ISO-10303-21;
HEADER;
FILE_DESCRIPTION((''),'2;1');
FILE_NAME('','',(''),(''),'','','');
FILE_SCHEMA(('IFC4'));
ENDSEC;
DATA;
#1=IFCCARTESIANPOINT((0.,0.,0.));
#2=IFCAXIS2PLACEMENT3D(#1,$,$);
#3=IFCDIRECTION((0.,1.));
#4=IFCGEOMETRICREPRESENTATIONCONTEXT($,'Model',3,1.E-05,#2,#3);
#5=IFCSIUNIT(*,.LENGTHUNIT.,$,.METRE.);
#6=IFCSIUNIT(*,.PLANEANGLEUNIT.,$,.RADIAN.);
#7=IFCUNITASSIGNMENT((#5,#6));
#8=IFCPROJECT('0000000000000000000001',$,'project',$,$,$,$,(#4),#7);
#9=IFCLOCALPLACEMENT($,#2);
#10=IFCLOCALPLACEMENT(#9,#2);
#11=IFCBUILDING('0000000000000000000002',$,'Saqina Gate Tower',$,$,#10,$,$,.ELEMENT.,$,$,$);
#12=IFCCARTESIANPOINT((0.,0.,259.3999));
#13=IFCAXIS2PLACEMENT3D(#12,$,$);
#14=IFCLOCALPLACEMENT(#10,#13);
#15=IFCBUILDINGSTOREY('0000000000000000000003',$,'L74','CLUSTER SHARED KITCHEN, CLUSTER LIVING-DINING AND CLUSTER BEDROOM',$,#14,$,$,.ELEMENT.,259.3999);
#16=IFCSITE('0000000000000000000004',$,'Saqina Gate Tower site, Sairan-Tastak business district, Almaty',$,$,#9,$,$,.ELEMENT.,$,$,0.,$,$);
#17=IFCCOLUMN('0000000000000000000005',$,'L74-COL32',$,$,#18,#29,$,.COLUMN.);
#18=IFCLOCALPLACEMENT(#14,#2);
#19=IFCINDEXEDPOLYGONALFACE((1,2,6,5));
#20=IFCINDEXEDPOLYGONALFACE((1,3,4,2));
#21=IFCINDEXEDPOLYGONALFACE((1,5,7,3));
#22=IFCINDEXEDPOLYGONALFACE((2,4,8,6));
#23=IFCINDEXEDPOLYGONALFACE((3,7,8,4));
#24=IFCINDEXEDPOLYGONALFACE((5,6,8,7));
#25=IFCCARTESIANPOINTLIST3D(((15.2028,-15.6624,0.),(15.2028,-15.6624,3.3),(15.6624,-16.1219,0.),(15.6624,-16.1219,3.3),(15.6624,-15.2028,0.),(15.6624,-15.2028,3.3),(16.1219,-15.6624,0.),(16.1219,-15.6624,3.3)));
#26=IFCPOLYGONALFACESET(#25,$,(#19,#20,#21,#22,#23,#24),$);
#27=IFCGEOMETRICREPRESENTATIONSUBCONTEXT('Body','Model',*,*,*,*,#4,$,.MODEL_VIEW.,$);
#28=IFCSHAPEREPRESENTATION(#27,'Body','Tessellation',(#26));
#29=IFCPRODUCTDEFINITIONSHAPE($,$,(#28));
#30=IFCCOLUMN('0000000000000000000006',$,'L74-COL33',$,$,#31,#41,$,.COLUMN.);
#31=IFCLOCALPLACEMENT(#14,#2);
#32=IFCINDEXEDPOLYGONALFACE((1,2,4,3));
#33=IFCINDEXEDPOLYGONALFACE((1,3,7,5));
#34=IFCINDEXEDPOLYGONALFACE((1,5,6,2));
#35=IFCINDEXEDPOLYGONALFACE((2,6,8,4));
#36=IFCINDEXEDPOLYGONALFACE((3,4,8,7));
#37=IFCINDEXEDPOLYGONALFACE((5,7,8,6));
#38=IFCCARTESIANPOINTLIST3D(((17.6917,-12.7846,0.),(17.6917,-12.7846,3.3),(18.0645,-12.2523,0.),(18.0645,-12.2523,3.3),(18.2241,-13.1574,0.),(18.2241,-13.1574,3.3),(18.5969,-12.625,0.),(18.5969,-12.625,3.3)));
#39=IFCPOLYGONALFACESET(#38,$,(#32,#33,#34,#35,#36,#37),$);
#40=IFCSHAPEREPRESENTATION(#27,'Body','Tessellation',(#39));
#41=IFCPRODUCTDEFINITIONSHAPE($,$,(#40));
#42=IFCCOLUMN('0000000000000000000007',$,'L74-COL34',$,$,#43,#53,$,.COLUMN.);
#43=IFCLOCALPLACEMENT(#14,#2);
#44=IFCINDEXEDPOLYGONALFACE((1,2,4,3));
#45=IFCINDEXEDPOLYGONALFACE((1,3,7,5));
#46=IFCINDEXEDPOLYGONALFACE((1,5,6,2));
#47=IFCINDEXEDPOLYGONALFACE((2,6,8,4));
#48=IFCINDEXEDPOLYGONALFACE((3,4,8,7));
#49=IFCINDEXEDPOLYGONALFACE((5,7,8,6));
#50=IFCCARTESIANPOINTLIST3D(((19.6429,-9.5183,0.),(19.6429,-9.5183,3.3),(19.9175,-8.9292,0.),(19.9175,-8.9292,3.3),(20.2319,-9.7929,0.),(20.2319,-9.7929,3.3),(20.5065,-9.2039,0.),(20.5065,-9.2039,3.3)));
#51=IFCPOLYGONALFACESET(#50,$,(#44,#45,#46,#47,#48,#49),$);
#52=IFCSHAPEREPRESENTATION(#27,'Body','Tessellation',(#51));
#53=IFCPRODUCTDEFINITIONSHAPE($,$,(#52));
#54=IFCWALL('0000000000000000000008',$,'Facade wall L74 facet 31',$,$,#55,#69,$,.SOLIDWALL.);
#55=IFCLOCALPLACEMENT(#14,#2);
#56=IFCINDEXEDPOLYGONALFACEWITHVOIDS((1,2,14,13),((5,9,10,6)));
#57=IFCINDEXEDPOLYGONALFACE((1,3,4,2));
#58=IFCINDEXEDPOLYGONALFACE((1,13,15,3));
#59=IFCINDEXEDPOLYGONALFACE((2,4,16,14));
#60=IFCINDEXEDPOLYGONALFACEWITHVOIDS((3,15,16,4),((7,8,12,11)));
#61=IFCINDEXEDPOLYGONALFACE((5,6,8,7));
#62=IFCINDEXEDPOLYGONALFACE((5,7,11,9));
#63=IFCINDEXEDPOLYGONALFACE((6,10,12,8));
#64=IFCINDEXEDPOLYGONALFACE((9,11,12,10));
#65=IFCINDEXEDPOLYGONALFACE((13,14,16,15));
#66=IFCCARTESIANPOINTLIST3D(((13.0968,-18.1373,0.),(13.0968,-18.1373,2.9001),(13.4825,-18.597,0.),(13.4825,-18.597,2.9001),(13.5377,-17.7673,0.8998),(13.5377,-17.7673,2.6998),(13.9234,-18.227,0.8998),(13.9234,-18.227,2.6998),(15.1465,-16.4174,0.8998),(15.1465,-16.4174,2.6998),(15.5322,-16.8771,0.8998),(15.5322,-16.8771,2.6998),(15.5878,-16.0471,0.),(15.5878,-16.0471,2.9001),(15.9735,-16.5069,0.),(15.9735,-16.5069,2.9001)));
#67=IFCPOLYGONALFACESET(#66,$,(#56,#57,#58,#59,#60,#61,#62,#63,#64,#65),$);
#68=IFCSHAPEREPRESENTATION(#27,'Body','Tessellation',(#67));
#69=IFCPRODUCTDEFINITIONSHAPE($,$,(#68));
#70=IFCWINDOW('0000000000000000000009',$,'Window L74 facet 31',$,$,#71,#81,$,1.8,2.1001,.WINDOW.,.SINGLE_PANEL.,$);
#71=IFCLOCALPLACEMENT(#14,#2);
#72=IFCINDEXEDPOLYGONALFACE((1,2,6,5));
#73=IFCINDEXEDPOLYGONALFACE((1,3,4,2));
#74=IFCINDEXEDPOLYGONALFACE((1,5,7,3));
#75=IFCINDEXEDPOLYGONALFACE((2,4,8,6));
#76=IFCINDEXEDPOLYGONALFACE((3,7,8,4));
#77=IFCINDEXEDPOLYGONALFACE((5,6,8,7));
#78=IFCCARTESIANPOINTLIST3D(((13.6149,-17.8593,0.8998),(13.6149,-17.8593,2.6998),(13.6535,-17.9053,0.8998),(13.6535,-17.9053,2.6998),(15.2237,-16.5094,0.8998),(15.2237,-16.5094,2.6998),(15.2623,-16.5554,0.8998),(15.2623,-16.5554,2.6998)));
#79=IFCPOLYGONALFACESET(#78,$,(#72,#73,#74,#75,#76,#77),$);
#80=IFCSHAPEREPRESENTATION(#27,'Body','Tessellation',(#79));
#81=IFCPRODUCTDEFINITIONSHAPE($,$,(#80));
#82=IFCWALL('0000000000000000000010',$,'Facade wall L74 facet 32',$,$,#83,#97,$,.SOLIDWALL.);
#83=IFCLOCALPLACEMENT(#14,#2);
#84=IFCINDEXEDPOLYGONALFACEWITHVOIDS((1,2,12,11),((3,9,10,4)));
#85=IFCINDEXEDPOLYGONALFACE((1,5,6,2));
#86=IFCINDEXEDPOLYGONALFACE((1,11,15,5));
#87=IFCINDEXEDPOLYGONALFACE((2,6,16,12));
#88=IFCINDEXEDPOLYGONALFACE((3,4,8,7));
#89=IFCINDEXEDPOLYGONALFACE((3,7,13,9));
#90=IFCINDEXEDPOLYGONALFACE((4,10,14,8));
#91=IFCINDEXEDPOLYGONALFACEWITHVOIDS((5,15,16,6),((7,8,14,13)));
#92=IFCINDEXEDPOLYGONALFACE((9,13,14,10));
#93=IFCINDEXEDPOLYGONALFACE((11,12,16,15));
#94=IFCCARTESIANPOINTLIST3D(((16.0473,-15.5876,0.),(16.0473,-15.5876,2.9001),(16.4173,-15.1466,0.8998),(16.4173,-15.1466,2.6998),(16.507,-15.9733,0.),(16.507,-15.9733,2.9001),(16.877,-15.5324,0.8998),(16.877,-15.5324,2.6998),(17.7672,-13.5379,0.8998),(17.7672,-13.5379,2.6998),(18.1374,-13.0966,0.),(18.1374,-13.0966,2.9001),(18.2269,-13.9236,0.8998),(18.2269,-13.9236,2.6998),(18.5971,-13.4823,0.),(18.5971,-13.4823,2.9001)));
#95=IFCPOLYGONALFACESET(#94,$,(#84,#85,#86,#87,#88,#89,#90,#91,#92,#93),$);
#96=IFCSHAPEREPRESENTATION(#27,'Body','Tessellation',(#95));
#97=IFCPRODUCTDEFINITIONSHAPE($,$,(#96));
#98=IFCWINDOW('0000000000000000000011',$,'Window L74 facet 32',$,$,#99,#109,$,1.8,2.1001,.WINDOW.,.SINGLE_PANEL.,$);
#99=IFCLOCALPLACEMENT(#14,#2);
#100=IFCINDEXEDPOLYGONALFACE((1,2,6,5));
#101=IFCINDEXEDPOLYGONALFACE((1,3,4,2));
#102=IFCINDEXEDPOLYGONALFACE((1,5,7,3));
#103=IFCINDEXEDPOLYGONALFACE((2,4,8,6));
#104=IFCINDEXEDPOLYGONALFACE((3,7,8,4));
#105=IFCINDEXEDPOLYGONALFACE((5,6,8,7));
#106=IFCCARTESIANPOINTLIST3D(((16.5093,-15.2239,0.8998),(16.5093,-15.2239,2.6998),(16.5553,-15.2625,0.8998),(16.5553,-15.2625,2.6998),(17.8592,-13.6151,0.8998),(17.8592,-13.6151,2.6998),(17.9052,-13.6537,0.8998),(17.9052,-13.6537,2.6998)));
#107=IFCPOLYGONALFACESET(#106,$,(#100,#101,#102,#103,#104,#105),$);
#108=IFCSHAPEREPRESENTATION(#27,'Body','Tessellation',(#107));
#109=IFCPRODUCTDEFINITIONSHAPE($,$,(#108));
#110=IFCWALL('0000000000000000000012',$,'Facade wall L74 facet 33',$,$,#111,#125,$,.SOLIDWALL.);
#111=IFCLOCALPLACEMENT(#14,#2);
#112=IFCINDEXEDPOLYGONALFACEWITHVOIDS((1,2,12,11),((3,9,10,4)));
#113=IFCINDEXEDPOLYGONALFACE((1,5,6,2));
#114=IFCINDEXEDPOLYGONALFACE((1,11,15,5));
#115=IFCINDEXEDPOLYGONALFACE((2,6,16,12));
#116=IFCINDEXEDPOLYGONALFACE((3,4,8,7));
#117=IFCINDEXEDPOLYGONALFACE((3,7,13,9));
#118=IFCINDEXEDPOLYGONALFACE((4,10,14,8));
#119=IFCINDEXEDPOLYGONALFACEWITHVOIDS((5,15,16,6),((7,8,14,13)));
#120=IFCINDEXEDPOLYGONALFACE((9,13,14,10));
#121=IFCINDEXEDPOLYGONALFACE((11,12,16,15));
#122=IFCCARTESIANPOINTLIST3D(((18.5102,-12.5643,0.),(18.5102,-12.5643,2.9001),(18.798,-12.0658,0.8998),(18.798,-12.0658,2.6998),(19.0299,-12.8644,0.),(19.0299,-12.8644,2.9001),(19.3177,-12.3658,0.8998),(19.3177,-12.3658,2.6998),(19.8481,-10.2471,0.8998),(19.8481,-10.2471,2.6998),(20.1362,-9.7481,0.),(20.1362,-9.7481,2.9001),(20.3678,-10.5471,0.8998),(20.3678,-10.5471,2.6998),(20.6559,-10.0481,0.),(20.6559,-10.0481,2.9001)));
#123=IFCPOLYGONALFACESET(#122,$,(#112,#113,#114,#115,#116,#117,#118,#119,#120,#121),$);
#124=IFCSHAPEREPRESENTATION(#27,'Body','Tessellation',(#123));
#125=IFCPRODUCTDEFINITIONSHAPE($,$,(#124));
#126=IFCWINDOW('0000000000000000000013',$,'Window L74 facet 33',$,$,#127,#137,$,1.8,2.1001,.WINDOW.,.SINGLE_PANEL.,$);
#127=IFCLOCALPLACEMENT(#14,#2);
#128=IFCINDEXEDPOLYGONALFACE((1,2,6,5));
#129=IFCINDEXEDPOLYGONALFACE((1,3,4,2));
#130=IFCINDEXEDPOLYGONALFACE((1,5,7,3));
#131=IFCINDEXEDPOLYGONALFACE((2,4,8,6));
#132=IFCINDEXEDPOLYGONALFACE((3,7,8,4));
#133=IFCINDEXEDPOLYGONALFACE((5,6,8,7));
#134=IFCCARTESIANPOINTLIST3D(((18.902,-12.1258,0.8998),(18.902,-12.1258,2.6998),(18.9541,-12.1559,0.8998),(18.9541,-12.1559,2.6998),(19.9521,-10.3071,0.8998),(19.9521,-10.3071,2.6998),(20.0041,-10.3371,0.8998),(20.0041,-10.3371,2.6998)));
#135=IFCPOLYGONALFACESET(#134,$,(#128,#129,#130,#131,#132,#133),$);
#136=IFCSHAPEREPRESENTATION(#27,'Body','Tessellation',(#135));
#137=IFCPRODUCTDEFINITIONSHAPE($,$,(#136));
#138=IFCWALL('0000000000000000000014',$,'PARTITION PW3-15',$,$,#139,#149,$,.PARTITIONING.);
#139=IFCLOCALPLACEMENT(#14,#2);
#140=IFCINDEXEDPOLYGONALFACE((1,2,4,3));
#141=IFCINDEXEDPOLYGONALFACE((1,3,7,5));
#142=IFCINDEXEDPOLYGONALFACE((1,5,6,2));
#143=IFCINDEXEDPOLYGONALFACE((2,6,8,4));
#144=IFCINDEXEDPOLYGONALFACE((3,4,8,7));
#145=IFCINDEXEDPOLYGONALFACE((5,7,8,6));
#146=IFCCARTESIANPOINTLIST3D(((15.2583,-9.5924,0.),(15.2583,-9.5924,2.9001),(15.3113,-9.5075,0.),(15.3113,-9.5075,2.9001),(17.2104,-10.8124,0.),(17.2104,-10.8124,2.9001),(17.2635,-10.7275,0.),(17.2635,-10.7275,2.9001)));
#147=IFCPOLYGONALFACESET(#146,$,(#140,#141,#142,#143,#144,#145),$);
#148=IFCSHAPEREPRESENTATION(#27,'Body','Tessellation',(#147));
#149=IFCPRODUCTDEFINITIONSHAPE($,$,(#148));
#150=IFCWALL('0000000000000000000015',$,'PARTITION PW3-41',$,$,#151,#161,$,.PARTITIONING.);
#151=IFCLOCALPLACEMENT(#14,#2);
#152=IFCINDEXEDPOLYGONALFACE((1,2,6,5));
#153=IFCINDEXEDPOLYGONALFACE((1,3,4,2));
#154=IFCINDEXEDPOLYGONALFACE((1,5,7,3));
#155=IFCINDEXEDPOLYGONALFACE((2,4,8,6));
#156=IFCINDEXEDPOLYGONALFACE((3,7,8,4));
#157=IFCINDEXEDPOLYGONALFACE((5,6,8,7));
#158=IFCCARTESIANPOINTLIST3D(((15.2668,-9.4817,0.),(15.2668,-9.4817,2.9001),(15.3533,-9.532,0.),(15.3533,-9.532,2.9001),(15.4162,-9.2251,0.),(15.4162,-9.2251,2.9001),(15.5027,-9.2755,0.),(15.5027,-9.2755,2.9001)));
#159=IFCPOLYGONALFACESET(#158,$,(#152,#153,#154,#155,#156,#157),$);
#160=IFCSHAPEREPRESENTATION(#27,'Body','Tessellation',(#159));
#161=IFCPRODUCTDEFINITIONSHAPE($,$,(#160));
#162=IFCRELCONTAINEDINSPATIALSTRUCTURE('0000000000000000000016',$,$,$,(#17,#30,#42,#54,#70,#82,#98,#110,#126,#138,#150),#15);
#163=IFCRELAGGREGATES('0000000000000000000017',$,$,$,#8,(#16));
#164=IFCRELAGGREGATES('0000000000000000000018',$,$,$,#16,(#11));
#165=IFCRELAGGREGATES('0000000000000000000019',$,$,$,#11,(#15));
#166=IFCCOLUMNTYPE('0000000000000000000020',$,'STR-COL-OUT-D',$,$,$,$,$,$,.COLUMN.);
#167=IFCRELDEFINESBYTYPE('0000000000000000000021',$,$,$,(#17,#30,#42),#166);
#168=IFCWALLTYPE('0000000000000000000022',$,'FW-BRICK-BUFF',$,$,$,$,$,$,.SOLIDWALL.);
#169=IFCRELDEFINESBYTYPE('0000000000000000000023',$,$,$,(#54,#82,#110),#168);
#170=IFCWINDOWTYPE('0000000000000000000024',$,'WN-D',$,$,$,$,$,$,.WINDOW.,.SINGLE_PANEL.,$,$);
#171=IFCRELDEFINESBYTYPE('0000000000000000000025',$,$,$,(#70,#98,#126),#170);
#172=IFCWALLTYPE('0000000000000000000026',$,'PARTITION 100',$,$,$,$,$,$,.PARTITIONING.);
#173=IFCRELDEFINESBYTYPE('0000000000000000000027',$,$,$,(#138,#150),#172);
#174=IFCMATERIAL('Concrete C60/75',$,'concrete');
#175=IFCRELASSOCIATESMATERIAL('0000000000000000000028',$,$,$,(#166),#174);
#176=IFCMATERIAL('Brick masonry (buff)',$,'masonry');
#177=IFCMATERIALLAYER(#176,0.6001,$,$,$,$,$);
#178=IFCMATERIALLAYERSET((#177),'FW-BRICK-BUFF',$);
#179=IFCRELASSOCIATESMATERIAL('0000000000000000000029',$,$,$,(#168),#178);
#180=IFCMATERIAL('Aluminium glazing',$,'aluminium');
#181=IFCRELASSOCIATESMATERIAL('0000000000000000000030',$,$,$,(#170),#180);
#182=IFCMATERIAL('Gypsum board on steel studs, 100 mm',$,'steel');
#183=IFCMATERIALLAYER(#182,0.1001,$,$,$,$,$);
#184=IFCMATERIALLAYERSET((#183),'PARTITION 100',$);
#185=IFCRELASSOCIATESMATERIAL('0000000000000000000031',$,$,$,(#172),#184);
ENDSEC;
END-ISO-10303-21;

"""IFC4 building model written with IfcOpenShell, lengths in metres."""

from ifc_helpers import new_model, si_unit, direction, frame, frame_2d, origin, origin_2d, place, context, subcontext, project, spatial, rectangle, extrude, material, layer, layer_set, material_profile, profile_set, type_object, element, fill, save


model = new_model("IFC4")

# Units and contexts
model_context = context("Model", 3, precision=1e-05, world=origin(), true_north=direction((0.0, 1.0)))
body_context = subcontext(model_context, "Body", "Model", "MODEL_VIEW")
ifc_project = project(units=[si_unit("LENGTHUNIT", "METRE"), si_unit("PLANEANGLEUNIT", "RADIAN")], contexts=[model_context])

# Site, building, storey
site_placement = place(None, origin())
site = spatial("IfcSite", under=ifc_project, at=site_placement, Name="Saqina Gate Tower site, Sairan-Tastak business district, Almaty", CompositionType="ELEMENT", RefElevation=0.0)
building_placement = place(site_placement, origin())
building = spatial("IfcBuilding", under=site, at=building_placement, Name="Saqina Gate Tower", CompositionType="ELEMENT")
storey_placement = place(building_placement, frame((0.0, 0.0, 259.3999)))
storey = spatial("IfcBuildingStorey", under=building, at=storey_placement, Name="L74", Description="CLUSTER SHARED KITCHEN, CLUSTER LIVING-DINING AND CLUSTER BEDROOM", CompositionType="ELEMENT", Elevation=259.3999)

# Columns
ifc_material_1 = material(Name="Concrete C60/75", Category="concrete")
ifc_material_profile = material_profile(ifc_material_1, rectangle(XDim=0.6499, YDim=0.6499, at=origin_2d()), Name="RC 650x650")
ifc_profile_set = profile_set([ifc_material_profile], Name="Concrete C60/75")
column_type = type_object("IfcColumnType", Name="STR-COL-OUT-D", PredefinedType="COLUMN", material=ifc_profile_set)
for number, where, z_axis, x_axis, name in (
    (1, (15.6624, -15.6624, 0.0), (0.0, 0.0, 1.0), (0.707107, -0.707107, 0.0), "L74-COL32"),
    (2, (18.1443, -12.7048, 0.0), (0.0, 0.0, 1.0), (0.819152, -0.573576, 0.0), "L74-COL33"),
    (3, (20.0747, -9.3611, 0.0), (0.0, 0.0, 1.0), (0.906308, -0.422618, 0.0), "L74-COL34"),
):
    element("IfcColumn", number, at=place(storey_placement, frame(where, z_axis=z_axis, x_axis=x_axis)), inside=storey, type_object=column_type, Name=name, PredefinedType="COLUMN", context=body_context, shape_type="SweptSolid", body=[
        extrude(rectangle(XDim=0.6499, YDim=0.6499, at=origin_2d()), origin(), (0.0, 0.0, 1.0), 3.3),
    ])

# Walls, openings, windows
ifc_material_2 = material(Name="Brick masonry (buff)", Category="masonry")
ifc_layer_1 = layer(ifc_material_2, 0.6001)
ifc_layer_set_1 = layer_set([ifc_layer_1], Name="FW-BRICK-BUFF")
wall_type_1 = type_object("IfcWallType", Name="FW-BRICK-BUFF", PredefinedType="SOLIDWALL", material=ifc_layer_set_1)
wall_1_placement = place(storey_placement, frame((13.2896, -18.3672, 0.0), z_axis=(0.0, 0.0, 1.0), x_axis=(0.766057, 0.642773, 0.0)))
wall_1 = element("IfcWall", 4, at=wall_1_placement, inside=storey, type_object=wall_type_1, Name="Facade wall L74 facet 31", PredefinedType="SOLIDWALL", context=body_context, shape_type="SweptSolid", body=[
    extrude(rectangle(XDim=3.2517, YDim=0.6001, at=frame_2d((1.626, 0.0))), origin(), (0.0, 0.0, 1.0), 2.9001),
])
opening_1_placement = place(wall_1_placement, frame((0.5757, 0.0, 0.8999)))
opening_1 = element("IfcOpeningElement", 5, at=opening_1_placement, cuts=wall_1, PredefinedType="OPENING", context=body_context, shape_type="SweptSolid", body=[
    extrude(rectangle(XDim=2.1001, YDim=1.8, at=frame_2d((1.05, 0.8999))), frame((0.0, 0.312, 0.0), z_axis=(0.0, -1.0, 0.0), x_axis=(1.0, 0.0, 0.0)), (0.0, 0.0, 1.0), 0.624),
])
ifc_material_3 = material(Name="Aluminium glazing", Category="aluminium")
window_type = type_object("IfcWindowType", Name="WN-D", PartitioningType="SINGLE_PANEL", PredefinedType="WINDOW", material=ifc_material_3)
window_1_placement = place(opening_1_placement, origin())
window_1 = element("IfcWindow", 6, at=window_1_placement, inside=storey, type_object=window_type, Name="Window L74 facet 31", OverallHeight=1.8, OverallWidth=2.1001, PartitioningType="SINGLE_PANEL", PredefinedType="WINDOW", context=body_context, shape_type="SweptSolid", body=[
    extrude(rectangle(XDim=2.1001, YDim=1.8, at=frame_2d((1.05, 0.8999))), frame((0.0, 0.1799, 0.0), z_axis=(0.0, -1.0, 0.0), x_axis=(1.0, 0.0, 0.0)), (0.0, 0.0, 1.0), 0.0601),
])
fill(opening_1, window_1)
wall_2_placement = place(storey_placement, frame((16.2771, -15.7805, 0.0), z_axis=(0.0, 0.0, 1.0), x_axis=(0.642773, 0.766057, 0.0)))
wall_2 = element("IfcWall", 7, at=wall_2_placement, inside=storey, type_object=wall_type_1, Name="Facade wall L74 facet 32", PredefinedType="SOLIDWALL", context=body_context, shape_type="SweptSolid", body=[
    extrude(rectangle(XDim=3.2517, YDim=0.6001, at=frame_2d((1.626, 0.0))), origin(), (0.0, 0.0, 1.0), 2.9001),
])
opening_2_placement = place(wall_2_placement, frame((0.5757, 0.0, 0.8999)))
opening_2 = element("IfcOpeningElement", 8, at=opening_2_placement, cuts=wall_2, PredefinedType="OPENING", context=body_context, shape_type="SweptSolid", body=[
    extrude(rectangle(XDim=2.1001, YDim=1.8, at=frame_2d((1.05, 0.8999))), frame((0.0, 0.312, 0.0), z_axis=(0.0, -1.0, 0.0), x_axis=(1.0, 0.0, 0.0)), (0.0, 0.0, 1.0), 0.624),
])
window_2_placement = place(opening_2_placement, origin())
window_2 = element("IfcWindow", 9, at=window_2_placement, inside=storey, type_object=window_type, Name="Window L74 facet 32", OverallHeight=1.8, OverallWidth=2.1001, PartitioningType="SINGLE_PANEL", PredefinedType="WINDOW", context=body_context, shape_type="SweptSolid", body=[
    extrude(rectangle(XDim=2.1001, YDim=1.8, at=frame_2d((1.05, 0.8999))), frame((0.0, 0.1799, 0.0), z_axis=(0.0, -1.0, 0.0), x_axis=(1.0, 0.0, 0.0)), (0.0, 0.0, 1.0), 0.0601),
])
fill(opening_2, window_2)
wall_3_placement = place(storey_placement, frame((18.77, -12.7144, 0.0), z_axis=(0.0, 0.0, 1.0), x_axis=(0.500015, 0.866017, 0.0)))
wall_3 = element("IfcWall", 10, at=wall_3_placement, inside=storey, type_object=wall_type_1, Name="Facade wall L74 facet 33", PredefinedType="SOLIDWALL", context=body_context, shape_type="SweptSolid", body=[
    extrude(rectangle(XDim=3.252, YDim=0.6001, at=frame_2d((1.626, 0.0))), origin(), (0.0, 0.0, 1.0), 2.9001),
])
opening_3_placement = place(wall_3_placement, frame((0.5757, 0.0, 0.8999)))
opening_3 = element("IfcOpeningElement", 11, at=opening_3_placement, cuts=wall_3, PredefinedType="OPENING", context=body_context, shape_type="SweptSolid", body=[
    extrude(rectangle(XDim=2.1001, YDim=1.8, at=frame_2d((1.05, 0.8999))), frame((0.0, 0.312, 0.0), z_axis=(0.0, -1.0, 0.0), x_axis=(1.0, 0.0, 0.0)), (0.0, 0.0, 1.0), 0.624),
])
window_3_placement = place(opening_3_placement, origin())
window_3 = element("IfcWindow", 12, at=window_3_placement, inside=storey, type_object=window_type, Name="Window L74 facet 33", OverallHeight=1.8, OverallWidth=2.1001, PartitioningType="SINGLE_PANEL", PredefinedType="WINDOW", context=body_context, shape_type="SweptSolid", body=[
    extrude(rectangle(XDim=2.1001, YDim=1.8, at=frame_2d((1.05, 0.8999))), frame((0.0, 0.1799, 0.0), z_axis=(0.0, -1.0, 0.0), x_axis=(1.0, 0.0, 0.0)), (0.0, 0.0, 1.0), 0.0601),
])
fill(opening_3, window_3)

# Walls
ifc_material_4 = material(Name="Gypsum board on steel studs, 100 mm", Category="steel")
ifc_layer_2 = layer(ifc_material_4, 0.1001)
ifc_layer_set_2 = layer_set([ifc_layer_2], Name="PARTITION 100")
wall_type_2 = type_object("IfcWallType", Name="PARTITION 100", PredefinedType="PARTITIONING", material=ifc_layer_set_2)
wall_4_placement = place(storey_placement, frame((15.2849, -9.55, 0.0), z_axis=(0.0, 0.0, 1.0), x_axis=(0.848022, -0.529961, 0.0)))
element("IfcWall", 13, at=wall_4_placement, inside=storey, type_object=wall_type_2, Name="PARTITION PW3-15", PredefinedType="PARTITIONING", context=body_context, shape_type="SweptSolid", body=[
    extrude(rectangle(XDim=2.302, YDim=0.1001, at=frame_2d((1.1509, 0.0))), origin(), (0.0, 0.0, 1.0), 2.9001),
])
wall_5_placement = place(storey_placement, frame((15.3101, -9.5068, 0.0), z_axis=(0.0, 0.0, 1.0), x_axis=(0.503206, 0.864166, 0.0)))
element("IfcWall", 14, at=wall_5_placement, inside=storey, type_object=wall_type_2, Name="PARTITION PW3-41", PredefinedType="PARTITIONING", context=body_context, shape_type="SweptSolid", body=[
    extrude(rectangle(XDim=0.2969, YDim=0.1001, at=frame_2d((0.1484, 0.0))), origin(), (0.0, 0.0, 1.0), 2.9001),
])

save(model, "model.ifc")
